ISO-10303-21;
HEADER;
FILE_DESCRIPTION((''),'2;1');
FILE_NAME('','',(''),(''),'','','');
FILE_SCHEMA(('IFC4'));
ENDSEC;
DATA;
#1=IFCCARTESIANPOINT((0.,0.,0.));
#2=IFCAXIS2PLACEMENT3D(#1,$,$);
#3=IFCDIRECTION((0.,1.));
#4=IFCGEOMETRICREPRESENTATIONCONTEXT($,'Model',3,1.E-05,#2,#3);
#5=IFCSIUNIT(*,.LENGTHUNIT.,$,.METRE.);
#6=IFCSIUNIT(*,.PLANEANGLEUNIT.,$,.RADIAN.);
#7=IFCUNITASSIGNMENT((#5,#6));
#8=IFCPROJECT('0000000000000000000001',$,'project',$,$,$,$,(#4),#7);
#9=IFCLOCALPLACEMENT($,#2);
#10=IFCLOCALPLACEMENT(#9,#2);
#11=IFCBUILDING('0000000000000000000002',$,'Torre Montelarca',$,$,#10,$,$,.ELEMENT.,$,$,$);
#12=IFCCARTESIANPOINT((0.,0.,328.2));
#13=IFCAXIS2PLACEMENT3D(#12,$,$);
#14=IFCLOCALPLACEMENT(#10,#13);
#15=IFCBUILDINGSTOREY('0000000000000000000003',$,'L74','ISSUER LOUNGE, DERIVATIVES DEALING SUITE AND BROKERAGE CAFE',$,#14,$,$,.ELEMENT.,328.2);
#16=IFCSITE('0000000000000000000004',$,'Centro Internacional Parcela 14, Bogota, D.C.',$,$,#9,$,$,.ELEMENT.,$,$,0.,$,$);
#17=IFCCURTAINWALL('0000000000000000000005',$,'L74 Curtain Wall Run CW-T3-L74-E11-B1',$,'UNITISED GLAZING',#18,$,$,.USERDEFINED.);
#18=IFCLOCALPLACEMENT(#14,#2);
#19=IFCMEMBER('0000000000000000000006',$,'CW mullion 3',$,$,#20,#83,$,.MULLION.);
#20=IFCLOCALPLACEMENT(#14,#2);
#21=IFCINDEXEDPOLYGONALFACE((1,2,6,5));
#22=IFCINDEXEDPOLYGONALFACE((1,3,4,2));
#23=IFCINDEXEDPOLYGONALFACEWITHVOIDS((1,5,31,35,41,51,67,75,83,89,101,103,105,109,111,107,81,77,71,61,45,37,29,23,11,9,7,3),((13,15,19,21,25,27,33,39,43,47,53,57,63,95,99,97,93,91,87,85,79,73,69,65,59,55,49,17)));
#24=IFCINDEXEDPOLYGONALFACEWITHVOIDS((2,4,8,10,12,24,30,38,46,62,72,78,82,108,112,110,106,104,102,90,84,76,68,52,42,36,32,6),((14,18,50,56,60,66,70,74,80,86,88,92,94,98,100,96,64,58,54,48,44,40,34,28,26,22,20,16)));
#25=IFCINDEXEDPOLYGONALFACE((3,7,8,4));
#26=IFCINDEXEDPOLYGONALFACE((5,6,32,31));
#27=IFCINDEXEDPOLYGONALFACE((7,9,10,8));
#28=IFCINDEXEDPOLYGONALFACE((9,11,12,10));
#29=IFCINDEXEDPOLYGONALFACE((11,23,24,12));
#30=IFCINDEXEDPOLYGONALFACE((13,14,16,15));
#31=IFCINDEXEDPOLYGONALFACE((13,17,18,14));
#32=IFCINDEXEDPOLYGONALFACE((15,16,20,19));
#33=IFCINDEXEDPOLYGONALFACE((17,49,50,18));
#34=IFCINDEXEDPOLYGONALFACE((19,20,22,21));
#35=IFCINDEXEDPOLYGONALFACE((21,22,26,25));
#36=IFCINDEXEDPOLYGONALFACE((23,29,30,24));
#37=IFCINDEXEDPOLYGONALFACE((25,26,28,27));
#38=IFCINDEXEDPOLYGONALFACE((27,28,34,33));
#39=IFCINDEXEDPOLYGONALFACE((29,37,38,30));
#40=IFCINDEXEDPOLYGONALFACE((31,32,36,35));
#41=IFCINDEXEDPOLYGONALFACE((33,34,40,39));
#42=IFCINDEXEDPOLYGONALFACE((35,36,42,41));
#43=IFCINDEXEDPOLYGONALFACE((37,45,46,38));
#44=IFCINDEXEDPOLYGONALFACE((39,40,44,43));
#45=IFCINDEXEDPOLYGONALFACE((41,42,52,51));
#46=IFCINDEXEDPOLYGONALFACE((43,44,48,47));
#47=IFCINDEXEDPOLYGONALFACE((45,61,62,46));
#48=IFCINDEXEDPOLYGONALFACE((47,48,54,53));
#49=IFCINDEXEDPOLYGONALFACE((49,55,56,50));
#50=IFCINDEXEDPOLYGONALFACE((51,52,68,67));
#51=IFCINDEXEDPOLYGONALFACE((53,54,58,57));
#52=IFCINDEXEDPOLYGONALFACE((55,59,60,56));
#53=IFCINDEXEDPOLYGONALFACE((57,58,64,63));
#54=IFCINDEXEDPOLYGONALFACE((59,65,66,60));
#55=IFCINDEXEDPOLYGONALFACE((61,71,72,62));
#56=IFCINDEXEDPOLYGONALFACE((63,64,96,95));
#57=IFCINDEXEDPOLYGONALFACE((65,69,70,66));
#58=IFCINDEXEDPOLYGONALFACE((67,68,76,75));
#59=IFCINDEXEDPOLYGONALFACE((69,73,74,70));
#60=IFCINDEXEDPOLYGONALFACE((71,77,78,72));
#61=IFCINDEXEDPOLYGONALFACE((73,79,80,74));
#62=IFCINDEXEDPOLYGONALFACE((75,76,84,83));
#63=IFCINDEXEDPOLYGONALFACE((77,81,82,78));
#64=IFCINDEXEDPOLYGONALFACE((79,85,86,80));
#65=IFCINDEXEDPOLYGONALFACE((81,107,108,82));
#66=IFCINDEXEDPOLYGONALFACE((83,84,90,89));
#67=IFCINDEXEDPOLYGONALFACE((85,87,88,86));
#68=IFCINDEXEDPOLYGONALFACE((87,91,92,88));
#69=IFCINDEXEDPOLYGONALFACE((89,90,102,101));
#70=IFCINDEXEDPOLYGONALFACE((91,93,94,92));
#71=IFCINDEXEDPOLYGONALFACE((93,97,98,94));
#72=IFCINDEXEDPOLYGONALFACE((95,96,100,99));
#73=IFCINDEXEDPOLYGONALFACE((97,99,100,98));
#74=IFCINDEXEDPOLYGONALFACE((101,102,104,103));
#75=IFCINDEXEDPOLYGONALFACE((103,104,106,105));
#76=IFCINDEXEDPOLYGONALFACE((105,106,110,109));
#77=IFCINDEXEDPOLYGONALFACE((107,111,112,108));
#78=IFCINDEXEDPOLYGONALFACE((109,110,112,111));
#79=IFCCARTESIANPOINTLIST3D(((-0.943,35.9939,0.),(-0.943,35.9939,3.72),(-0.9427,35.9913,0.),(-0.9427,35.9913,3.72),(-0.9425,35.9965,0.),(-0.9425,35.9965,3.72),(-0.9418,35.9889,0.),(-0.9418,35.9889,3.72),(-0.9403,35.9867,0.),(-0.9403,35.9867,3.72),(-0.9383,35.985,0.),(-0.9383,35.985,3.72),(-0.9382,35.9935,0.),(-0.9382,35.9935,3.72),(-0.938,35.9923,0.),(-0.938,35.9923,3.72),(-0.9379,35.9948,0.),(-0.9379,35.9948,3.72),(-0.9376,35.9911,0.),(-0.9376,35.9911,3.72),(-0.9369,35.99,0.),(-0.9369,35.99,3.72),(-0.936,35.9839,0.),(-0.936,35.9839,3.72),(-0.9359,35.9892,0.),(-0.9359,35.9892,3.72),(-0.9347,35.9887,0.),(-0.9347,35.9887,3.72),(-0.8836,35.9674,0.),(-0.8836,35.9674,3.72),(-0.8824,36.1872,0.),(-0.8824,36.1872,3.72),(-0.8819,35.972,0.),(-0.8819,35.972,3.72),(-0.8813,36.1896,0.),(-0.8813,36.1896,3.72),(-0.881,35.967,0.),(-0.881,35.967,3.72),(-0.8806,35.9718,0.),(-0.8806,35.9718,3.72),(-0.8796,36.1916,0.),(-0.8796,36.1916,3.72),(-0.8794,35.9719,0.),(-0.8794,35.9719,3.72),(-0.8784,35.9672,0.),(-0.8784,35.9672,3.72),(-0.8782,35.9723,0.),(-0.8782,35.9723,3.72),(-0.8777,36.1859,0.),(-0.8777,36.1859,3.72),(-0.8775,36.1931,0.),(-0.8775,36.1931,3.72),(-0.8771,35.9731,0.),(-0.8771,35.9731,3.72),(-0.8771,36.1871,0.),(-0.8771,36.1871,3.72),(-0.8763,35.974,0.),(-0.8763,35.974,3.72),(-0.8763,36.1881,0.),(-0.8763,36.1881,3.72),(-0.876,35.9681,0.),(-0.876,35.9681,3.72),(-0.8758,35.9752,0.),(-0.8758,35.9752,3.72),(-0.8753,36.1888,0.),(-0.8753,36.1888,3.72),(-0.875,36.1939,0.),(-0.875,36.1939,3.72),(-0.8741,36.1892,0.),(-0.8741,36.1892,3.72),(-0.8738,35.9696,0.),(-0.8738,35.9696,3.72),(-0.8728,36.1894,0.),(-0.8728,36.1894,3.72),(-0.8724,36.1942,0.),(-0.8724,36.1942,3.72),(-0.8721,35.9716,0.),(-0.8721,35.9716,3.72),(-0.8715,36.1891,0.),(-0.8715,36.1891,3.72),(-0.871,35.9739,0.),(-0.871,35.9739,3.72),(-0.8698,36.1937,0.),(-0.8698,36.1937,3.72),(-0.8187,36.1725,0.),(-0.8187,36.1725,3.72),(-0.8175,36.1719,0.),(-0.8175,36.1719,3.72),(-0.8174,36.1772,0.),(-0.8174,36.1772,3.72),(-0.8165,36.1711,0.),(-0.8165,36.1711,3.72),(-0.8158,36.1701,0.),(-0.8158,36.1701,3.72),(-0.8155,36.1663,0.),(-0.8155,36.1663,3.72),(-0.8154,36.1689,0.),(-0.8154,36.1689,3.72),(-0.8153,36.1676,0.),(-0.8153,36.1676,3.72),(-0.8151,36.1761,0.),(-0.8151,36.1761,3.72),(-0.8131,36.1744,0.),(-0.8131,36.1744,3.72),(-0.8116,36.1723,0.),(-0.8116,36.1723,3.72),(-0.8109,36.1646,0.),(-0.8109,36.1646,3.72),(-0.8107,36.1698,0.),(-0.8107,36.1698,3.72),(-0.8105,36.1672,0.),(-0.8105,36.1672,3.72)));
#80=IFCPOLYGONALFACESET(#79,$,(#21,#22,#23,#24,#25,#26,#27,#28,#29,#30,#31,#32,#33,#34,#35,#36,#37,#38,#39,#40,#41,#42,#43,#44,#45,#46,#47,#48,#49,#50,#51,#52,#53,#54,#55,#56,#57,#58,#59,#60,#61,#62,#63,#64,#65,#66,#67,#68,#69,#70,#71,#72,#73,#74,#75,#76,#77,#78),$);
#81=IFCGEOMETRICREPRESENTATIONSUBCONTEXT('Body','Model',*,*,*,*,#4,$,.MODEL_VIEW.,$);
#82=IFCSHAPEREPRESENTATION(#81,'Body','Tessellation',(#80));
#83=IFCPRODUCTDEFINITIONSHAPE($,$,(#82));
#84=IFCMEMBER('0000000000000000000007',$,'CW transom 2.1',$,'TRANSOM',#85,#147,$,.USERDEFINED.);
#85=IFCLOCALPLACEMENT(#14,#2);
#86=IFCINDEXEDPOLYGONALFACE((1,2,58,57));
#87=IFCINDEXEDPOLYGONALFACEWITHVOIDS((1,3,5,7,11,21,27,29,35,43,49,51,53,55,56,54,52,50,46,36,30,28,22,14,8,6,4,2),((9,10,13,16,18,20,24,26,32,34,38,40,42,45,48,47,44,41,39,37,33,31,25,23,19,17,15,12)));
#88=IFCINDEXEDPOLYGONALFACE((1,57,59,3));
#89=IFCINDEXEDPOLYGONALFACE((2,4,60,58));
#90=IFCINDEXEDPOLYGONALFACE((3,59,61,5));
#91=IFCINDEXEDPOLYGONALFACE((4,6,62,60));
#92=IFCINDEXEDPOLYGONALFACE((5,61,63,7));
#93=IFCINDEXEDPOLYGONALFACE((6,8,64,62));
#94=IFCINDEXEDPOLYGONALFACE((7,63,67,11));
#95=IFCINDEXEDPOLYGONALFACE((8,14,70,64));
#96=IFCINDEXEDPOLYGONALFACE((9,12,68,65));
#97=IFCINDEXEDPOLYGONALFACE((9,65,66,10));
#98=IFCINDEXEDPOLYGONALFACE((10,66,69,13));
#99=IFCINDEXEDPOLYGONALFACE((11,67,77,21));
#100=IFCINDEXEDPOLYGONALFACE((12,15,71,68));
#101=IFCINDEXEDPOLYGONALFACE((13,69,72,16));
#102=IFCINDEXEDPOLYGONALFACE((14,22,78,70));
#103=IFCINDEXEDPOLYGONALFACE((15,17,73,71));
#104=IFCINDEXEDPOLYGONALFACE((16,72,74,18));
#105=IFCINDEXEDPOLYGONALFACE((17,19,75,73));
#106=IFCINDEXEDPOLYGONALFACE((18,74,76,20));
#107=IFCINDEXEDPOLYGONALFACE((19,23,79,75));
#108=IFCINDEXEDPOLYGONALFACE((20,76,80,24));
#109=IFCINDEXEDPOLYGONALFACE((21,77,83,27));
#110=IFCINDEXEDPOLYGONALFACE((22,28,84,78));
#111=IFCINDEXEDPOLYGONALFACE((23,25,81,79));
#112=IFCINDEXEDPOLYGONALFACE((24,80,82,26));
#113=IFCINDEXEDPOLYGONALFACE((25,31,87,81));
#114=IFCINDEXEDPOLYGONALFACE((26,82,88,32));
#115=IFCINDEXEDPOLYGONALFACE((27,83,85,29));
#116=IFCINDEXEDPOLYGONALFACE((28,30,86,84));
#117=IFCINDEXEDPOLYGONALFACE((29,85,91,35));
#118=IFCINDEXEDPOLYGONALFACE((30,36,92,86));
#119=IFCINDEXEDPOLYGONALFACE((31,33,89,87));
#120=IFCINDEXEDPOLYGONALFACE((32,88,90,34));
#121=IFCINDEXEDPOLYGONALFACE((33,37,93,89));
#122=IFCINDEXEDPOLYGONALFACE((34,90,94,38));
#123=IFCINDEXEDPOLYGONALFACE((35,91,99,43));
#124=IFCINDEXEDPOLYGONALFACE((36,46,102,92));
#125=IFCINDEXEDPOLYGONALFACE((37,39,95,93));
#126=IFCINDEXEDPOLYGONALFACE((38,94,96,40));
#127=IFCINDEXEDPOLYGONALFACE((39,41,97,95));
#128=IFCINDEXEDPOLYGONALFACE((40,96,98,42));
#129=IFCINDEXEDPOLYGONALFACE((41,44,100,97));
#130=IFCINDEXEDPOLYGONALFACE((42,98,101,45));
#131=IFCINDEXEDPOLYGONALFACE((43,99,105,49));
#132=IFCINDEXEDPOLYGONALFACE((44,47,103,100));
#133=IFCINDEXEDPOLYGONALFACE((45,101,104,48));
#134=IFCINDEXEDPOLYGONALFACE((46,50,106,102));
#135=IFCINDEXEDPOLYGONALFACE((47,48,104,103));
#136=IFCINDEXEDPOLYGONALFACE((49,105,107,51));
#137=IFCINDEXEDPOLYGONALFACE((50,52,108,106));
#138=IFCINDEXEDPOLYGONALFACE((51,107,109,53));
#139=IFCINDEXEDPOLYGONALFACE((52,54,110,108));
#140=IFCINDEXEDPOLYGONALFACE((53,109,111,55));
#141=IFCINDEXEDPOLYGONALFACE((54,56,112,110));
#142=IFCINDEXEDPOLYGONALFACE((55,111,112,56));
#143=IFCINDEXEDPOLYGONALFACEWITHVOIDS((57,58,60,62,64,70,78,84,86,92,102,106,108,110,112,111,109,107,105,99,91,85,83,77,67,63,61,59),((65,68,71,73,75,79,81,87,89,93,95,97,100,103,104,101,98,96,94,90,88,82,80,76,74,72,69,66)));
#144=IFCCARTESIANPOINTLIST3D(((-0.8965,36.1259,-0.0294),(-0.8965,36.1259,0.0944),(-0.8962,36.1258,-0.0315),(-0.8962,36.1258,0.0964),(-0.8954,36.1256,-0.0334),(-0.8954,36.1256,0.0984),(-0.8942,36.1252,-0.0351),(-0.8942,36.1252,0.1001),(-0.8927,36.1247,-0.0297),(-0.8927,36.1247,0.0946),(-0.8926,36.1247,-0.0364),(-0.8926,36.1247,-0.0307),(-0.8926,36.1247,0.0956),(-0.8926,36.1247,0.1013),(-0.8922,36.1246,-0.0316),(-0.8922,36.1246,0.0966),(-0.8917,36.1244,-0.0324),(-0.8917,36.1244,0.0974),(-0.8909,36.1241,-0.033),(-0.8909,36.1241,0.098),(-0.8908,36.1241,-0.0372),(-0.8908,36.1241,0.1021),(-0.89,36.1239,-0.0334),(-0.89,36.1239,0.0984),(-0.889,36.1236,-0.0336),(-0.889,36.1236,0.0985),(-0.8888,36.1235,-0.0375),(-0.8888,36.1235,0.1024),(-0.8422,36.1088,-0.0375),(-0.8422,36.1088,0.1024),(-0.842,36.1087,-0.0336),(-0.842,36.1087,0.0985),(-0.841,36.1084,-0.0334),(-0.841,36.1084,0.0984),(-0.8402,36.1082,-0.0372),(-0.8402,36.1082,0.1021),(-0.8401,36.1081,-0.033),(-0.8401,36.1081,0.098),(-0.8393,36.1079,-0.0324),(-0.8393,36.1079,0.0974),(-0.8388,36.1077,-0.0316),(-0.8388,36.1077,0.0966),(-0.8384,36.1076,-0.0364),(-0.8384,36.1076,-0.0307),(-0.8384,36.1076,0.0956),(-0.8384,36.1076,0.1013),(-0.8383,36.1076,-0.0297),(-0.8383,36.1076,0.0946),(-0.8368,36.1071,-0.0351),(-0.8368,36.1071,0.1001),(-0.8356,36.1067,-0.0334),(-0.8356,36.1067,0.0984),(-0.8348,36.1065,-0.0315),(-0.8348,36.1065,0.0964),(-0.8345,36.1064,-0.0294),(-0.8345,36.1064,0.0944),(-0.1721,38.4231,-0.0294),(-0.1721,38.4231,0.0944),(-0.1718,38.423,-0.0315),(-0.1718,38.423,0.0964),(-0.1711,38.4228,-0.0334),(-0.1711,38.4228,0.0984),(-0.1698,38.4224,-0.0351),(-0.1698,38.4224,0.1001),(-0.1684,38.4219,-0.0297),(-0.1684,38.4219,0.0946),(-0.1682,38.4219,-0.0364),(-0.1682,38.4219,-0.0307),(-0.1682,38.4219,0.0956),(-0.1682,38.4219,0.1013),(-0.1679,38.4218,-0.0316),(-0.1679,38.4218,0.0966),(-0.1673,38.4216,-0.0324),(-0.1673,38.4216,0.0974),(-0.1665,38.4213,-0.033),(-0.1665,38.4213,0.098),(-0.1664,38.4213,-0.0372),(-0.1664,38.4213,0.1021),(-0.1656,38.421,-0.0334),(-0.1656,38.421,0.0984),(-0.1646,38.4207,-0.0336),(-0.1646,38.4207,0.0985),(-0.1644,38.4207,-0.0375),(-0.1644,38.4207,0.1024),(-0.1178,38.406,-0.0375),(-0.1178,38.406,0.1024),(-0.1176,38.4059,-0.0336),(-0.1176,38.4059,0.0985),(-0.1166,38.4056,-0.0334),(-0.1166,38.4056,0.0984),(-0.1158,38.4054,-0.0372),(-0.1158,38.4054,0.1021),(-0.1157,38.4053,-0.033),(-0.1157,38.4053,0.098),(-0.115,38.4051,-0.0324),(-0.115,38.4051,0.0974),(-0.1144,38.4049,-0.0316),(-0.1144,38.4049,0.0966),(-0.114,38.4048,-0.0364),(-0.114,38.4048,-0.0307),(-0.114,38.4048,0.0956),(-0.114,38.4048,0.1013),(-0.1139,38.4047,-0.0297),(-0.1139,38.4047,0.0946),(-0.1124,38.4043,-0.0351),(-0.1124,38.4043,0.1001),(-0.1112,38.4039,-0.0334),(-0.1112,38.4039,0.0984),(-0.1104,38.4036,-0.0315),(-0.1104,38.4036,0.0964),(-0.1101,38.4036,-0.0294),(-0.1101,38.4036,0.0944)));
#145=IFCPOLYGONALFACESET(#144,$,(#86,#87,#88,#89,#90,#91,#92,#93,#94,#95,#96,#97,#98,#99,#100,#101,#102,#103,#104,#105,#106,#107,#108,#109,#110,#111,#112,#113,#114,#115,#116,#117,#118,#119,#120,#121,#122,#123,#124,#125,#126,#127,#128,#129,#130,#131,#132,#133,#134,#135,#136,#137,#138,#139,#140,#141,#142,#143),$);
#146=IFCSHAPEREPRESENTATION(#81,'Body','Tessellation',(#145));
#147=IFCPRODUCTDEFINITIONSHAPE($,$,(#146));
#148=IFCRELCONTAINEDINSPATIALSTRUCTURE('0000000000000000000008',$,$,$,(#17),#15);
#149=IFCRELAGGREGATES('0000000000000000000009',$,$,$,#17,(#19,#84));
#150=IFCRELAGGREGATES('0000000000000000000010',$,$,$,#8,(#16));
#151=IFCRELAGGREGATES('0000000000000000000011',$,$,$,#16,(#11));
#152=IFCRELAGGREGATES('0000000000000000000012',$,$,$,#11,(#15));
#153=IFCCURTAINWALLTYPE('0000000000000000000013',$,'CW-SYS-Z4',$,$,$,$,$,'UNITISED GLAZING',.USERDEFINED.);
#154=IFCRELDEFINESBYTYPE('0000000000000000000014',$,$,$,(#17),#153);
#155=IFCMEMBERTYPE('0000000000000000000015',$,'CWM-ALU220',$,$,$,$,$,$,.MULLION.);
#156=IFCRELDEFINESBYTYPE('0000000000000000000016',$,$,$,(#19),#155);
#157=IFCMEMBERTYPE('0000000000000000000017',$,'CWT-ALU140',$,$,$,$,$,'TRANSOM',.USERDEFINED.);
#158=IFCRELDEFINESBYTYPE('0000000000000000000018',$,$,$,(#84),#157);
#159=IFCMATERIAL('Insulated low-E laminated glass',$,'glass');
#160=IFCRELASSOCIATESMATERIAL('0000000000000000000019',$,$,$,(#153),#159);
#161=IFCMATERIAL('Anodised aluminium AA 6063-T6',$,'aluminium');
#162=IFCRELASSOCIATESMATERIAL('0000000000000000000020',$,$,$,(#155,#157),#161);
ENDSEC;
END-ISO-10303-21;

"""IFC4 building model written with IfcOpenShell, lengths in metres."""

from ifc_helpers import new_model, si_unit, direction, frame, origin, origin_2d, place, context, subcontext, project, spatial, hollow_rectangle, extrude, source, transform, mapped, material, material_profile, profile_set, type_object, element, aggregate, save


model = new_model("IFC4")

# Units and contexts
model_context = context("Model", 3, precision=1e-05, world=origin(), true_north=direction((0.0, 1.0)))
body_context = subcontext(model_context, "Body", "Model", "MODEL_VIEW")
ifc_project = project(units=[si_unit("LENGTHUNIT", "METRE"), si_unit("PLANEANGLEUNIT", "RADIAN")], contexts=[model_context])

# Site, building, storey
site_placement = place(None, origin())
site = spatial("IfcSite", under=ifc_project, at=site_placement, Name="Centro Internacional Parcela 14, Bogota, D.C.", CompositionType="ELEMENT", RefElevation=0.0)
building_placement = place(site_placement, origin())
building = spatial("IfcBuilding", under=site, at=building_placement, Name="Torre Montelarca", CompositionType="ELEMENT")
storey_placement = place(building_placement, frame((0.0, 0.0, 328.2)))
storey = spatial("IfcBuildingStorey", under=building, at=storey_placement, Name="L74", Description="ISSUER LOUNGE, DERIVATIVES DEALING SUITE AND BROKERAGE CAFE", CompositionType="ELEMENT", Elevation=328.2)

# Shared definitions
ifc_material_1 = material(Name="Insulated low-E laminated glass", Category="glass")
curtain_wall_type = type_object("IfcCurtainWallType", Name="CW-SYS-Z4", ElementType="UNITISED GLAZING", PredefinedType="USERDEFINED", material=ifc_material_1)
ifc_material_2 = material(Name="Anodised aluminium AA 6063-T6", Category="aluminium")
ifc_material_profile_1 = material_profile(ifc_material_2, hollow_rectangle(XDim=0.075, YDim=0.22, WallThickness=0.0049, InnerFilletRadius=0.0049, OuterFilletRadius=0.01, at=origin_2d()), Name="ALU75X220X5", Category="aluminium")
ifc_profile_set_1 = profile_set([ifc_material_profile_1], Name="Anodised aluminium AA 6063-T6")
member_type_1 = type_object("IfcMemberType", Name="CWM-ALU220", PredefinedType="MULLION", material=ifc_profile_set_1)
shared_shape_1 = source(origin(), body_context, "Body", "SweptSolid", [
    extrude(hollow_rectangle(XDim=0.075, YDim=0.22, WallThickness=0.0049, InnerFilletRadius=0.0049, OuterFilletRadius=0.01, at=origin_2d()), origin(), (0.0, 0.0, 1.0), 3.72),
])

# Curtain wall, members
curtain_wall_1_placement = place(storey_placement, origin())
curtain_wall_1 = element("IfcCurtainWall", 1, at=curtain_wall_1_placement, inside=storey, type_object=curtain_wall_type, Name="L74 Curtain Wall Run CW-T3-L74-E11-B1", ObjectType="UNITISED GLAZING", PredefinedType="USERDEFINED")
member_1_placement = place(storey_placement, frame((-0.8767, 36.0806, 0.0), z_axis=(0.0, 0.0, 1.0), x_axis=(0.953721, -0.300693, 0.0)))
member_1 = element("IfcMember", 2, at=member_1_placement, type_object=member_type_1, Name="CW mullion 3", PredefinedType="MULLION", context=body_context, shape_type="MappedRepresentation", body=[
    mapped(shared_shape_1, transform((0.0, 0.0, 0.0), scale=1.0)),
])
ifc_material_profile_2 = material_profile(ifc_material_2, hollow_rectangle(XDim=0.0649, YDim=0.1399, WallThickness=0.0039, InnerFilletRadius=0.0039, OuterFilletRadius=0.0081, at=origin_2d()), Name="ALU65X140X4", Category="aluminium")
ifc_profile_set_2 = profile_set([ifc_material_profile_2], Name="Anodised aluminium AA 6063-T6")
member_type_2 = type_object("IfcMemberType", Name="CWT-ALU140", ElementType="TRANSOM", PredefinedType="USERDEFINED", material=ifc_profile_set_2)
shared_shape_2 = source(origin(), body_context, "Body", "SweptSolid", [
    extrude(hollow_rectangle(XDim=0.0649, YDim=0.1399, WallThickness=0.0039, InnerFilletRadius=0.0039, OuterFilletRadius=0.0081, at=origin_2d()), origin(), (0.0, 0.0, 1.0), 2.4087),
])
member_2_placement = place(storey_placement, frame((-0.1411, 38.4133, 0.0325), z_axis=(-0.300738, -0.953707, 0.0), x_axis=(0.953707, -0.300738, 0.0)))
member_2 = element("IfcMember", 3, at=member_2_placement, type_object=member_type_2, Name="CW transom 2.1", ObjectType="TRANSOM", PredefinedType="USERDEFINED", context=body_context, shape_type="MappedRepresentation", body=[
    mapped(shared_shape_2, transform((0.0, 0.0, 0.0), scale=1.0)),
])

aggregate(curtain_wall_1, [member_1, member_2])

save(model, "model.ifc")
